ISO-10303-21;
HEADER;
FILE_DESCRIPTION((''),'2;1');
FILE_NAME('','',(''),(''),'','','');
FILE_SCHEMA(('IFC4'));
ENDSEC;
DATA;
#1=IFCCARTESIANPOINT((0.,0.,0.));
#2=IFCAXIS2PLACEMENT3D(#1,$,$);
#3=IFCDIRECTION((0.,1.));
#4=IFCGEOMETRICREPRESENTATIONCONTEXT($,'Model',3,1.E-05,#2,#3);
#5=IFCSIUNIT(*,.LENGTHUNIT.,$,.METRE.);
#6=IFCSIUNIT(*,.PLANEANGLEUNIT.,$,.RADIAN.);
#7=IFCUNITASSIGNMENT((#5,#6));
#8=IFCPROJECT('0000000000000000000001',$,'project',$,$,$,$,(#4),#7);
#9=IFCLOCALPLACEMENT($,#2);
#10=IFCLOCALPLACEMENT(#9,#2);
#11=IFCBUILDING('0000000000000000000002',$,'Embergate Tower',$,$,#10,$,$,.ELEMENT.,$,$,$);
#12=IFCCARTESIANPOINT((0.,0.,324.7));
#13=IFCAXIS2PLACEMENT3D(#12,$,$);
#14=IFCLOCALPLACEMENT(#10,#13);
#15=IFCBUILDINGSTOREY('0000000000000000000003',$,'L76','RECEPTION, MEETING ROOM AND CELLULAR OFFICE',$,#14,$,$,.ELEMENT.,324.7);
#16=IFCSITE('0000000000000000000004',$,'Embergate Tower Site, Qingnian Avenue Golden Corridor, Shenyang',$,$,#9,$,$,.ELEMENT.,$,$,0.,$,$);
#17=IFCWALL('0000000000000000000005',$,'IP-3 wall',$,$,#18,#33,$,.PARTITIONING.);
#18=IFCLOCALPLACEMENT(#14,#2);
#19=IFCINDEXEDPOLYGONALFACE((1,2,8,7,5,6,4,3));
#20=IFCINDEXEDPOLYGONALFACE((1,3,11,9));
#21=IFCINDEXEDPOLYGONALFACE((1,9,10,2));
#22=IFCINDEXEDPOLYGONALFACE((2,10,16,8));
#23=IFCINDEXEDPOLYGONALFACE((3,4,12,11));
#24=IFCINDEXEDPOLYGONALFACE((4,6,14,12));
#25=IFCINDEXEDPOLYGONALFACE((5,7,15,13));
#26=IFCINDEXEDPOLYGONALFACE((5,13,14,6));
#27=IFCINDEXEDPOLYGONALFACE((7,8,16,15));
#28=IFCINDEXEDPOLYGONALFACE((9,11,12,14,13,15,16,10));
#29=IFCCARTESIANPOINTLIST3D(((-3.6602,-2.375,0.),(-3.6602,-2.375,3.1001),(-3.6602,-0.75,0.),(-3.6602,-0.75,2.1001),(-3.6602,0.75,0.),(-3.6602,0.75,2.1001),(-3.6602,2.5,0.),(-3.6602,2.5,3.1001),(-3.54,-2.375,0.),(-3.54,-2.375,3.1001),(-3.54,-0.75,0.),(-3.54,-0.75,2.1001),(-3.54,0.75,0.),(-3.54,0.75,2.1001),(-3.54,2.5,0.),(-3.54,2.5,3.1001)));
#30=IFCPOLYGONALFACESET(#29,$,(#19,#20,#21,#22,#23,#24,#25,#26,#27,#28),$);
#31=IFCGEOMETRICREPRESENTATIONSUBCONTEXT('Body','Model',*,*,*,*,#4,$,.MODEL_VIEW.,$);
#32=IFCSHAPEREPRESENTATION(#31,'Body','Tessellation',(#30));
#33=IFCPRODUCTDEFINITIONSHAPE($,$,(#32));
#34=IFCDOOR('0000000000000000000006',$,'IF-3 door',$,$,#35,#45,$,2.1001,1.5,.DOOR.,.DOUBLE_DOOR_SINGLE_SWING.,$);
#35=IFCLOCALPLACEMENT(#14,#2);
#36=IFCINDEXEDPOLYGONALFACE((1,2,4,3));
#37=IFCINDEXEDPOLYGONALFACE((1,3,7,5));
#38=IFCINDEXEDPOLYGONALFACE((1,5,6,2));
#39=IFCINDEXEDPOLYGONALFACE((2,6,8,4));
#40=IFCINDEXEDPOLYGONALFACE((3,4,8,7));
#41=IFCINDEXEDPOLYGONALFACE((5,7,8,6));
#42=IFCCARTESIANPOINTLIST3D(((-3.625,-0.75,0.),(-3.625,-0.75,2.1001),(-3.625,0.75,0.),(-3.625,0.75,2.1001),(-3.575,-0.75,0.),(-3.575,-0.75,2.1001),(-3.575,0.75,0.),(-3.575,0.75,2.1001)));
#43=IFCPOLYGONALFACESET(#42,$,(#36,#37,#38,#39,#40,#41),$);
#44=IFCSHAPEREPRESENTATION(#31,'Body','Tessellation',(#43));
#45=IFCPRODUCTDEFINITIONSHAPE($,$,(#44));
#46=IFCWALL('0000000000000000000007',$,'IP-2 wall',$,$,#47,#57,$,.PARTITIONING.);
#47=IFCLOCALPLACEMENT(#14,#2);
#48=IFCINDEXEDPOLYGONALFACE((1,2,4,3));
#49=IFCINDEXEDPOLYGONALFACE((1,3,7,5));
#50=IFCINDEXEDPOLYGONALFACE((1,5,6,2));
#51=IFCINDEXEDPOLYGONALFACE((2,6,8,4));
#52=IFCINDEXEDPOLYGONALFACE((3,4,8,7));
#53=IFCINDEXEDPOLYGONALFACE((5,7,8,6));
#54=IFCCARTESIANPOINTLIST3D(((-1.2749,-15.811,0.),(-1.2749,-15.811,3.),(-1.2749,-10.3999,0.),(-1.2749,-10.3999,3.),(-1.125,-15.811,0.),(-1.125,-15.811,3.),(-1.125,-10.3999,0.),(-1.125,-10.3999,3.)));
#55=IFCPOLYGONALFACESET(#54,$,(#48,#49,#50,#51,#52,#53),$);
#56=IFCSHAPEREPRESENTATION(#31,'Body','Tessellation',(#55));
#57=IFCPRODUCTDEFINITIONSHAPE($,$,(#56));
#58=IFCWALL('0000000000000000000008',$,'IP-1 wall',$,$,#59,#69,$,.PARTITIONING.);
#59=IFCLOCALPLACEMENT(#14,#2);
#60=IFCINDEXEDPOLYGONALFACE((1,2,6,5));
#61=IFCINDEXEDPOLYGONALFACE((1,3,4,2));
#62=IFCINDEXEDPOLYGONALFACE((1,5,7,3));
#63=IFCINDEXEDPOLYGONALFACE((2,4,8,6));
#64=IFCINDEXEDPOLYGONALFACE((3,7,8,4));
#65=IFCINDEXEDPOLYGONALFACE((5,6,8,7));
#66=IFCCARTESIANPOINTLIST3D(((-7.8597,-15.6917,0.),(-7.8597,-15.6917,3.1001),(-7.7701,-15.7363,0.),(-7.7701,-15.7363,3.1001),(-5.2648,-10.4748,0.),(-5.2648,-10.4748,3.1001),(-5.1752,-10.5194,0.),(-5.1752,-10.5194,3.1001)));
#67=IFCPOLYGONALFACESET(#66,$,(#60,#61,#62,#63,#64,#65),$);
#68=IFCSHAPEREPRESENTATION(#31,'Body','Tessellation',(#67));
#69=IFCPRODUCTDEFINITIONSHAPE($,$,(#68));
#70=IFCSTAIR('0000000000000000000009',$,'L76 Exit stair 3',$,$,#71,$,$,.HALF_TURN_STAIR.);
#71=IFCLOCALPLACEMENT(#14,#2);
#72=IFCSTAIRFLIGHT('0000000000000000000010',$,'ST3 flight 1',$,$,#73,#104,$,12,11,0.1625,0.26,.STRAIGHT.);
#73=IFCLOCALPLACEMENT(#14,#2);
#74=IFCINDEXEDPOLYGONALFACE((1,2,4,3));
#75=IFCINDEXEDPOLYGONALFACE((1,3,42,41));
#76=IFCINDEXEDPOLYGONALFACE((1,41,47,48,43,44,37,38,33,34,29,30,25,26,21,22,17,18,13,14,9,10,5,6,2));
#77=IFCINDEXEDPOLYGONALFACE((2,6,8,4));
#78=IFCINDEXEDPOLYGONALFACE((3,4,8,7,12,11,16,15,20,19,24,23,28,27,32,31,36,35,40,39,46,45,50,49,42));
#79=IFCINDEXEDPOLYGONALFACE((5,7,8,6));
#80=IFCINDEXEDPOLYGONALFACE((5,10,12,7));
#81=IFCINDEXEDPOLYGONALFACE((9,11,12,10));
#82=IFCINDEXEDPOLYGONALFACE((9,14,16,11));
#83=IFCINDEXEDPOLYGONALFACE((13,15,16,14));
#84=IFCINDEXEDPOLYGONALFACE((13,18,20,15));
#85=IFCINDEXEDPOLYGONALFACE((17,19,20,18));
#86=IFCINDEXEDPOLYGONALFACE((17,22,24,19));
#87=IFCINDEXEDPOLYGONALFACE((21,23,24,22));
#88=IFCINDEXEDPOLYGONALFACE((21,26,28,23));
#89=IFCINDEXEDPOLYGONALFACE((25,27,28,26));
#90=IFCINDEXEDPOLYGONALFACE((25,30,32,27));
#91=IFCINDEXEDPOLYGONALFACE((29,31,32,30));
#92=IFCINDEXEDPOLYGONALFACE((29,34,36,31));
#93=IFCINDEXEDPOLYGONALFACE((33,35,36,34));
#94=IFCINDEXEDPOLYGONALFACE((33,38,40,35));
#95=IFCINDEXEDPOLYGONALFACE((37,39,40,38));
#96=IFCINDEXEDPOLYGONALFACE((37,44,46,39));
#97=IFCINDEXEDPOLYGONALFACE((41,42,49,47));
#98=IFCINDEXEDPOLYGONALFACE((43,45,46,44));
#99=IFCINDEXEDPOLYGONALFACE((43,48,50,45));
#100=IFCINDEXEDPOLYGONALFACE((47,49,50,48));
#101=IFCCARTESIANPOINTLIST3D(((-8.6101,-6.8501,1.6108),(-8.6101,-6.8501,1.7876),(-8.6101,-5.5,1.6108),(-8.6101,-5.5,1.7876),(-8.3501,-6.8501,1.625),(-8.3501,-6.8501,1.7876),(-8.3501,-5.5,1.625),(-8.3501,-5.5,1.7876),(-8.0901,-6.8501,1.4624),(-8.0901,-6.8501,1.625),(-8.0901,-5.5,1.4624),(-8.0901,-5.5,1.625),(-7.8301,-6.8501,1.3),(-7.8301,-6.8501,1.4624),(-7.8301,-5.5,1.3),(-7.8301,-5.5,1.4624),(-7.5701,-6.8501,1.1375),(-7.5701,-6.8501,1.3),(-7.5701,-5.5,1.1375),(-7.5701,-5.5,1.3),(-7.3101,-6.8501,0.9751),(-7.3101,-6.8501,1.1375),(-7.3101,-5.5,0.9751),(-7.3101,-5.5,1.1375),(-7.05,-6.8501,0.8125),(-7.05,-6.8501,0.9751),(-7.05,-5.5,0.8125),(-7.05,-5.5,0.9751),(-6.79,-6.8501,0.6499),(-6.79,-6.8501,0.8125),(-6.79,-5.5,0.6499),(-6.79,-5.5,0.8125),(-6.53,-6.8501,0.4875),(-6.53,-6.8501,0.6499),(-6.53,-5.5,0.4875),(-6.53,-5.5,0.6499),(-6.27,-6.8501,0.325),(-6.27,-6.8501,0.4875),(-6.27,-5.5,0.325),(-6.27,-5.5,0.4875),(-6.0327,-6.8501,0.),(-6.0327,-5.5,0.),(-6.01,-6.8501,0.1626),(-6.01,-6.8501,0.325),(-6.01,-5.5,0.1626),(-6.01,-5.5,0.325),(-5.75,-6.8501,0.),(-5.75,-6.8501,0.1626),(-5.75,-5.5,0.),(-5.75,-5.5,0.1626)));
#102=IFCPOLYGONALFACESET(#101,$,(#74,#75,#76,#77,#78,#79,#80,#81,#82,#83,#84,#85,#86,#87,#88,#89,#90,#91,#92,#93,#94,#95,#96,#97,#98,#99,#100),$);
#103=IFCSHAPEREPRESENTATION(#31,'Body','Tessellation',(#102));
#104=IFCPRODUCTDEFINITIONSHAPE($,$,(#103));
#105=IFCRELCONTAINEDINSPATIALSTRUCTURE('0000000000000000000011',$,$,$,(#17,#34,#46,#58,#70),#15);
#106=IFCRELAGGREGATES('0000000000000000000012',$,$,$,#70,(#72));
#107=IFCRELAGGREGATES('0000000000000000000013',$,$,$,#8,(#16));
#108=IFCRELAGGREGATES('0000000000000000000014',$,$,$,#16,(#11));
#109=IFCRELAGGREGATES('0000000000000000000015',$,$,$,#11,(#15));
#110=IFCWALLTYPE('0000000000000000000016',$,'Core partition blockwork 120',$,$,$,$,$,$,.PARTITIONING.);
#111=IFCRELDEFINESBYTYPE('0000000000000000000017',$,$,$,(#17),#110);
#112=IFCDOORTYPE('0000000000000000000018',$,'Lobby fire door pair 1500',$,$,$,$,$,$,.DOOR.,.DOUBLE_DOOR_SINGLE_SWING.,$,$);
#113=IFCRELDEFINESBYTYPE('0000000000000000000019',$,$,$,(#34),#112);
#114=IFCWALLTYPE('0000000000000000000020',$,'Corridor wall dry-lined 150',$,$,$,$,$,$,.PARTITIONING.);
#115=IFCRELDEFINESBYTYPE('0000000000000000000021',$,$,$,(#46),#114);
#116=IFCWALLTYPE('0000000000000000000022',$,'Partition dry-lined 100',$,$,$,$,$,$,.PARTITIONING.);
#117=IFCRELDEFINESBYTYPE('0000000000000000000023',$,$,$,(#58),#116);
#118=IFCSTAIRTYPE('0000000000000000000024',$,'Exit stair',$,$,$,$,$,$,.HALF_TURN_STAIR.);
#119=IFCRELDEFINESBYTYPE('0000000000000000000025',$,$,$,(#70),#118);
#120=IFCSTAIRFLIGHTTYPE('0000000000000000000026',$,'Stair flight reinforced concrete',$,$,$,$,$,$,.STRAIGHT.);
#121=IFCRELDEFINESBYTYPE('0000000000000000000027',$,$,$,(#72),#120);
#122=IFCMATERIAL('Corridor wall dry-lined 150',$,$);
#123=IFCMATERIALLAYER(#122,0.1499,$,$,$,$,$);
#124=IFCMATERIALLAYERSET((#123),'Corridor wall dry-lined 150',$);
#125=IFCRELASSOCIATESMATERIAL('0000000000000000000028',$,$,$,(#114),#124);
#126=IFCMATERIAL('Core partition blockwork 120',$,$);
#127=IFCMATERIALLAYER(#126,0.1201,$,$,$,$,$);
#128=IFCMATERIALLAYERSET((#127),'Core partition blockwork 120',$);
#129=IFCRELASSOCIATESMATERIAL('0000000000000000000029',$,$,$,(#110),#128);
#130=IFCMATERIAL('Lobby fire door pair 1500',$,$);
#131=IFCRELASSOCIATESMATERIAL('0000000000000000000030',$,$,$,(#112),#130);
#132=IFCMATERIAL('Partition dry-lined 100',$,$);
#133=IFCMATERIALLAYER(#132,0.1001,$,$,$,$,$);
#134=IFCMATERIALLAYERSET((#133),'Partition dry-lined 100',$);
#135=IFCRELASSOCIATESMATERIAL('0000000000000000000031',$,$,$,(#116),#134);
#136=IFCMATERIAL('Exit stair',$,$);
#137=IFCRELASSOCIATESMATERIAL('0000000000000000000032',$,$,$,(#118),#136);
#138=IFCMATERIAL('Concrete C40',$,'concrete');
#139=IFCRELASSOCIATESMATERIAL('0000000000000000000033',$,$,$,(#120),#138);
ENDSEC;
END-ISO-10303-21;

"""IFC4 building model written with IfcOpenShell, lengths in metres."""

from ifc_helpers import new_model, si_unit, direction, frame, frame_2d, origin, place, context, subcontext, project, spatial, polyline, rectangle, outline, extrude, source, transform, mapped, material, layer, layer_set, type_object, element, fill, aggregate, save


model = new_model("IFC4")

# Units and contexts
model_context = context("Model", 3, precision=1e-05, world=origin(), true_north=direction((0.0, 1.0)))
body_context = subcontext(model_context, "Body", "Model", "MODEL_VIEW")
ifc_project = project(units=[si_unit("LENGTHUNIT", "METRE"), si_unit("PLANEANGLEUNIT", "RADIAN")], contexts=[model_context])

# Site, building, storey
site_placement = place(None, origin())
site = spatial("IfcSite", under=ifc_project, at=site_placement, Name="Embergate Tower Site, Qingnian Avenue Golden Corridor, Shenyang", CompositionType="ELEMENT", RefElevation=0.0)
building_placement = place(site_placement, origin())
building = spatial("IfcBuilding", under=site, at=building_placement, Name="Embergate Tower", CompositionType="ELEMENT")
storey_placement = place(building_placement, frame((0.0, 0.0, 324.7)))
storey = spatial("IfcBuildingStorey", under=building, at=storey_placement, Name="L76", Description="RECEPTION, MEETING ROOM AND CELLULAR OFFICE", CompositionType="ELEMENT", Elevation=324.7)

# Wall, opening, door
ifc_material_1 = material(Name="Corridor wall dry-lined 150")
ifc_layer_1 = layer(ifc_material_1, 0.1499)
ifc_layer_set_1 = layer_set([ifc_layer_1], Name="Corridor wall dry-lined 150")
wall_type_1 = type_object("IfcWallType", Name="Corridor wall dry-lined 150", PredefinedType="PARTITIONING", material=ifc_layer_set_1)
ifc_material_2 = material(Name="Core partition blockwork 120")
ifc_layer_2 = layer(ifc_material_2, 0.1201)
ifc_layer_set_2 = layer_set([ifc_layer_2], Name="Core partition blockwork 120")
wall_type_2 = type_object("IfcWallType", Name="Core partition blockwork 120", PredefinedType="PARTITIONING", material=ifc_layer_set_2)
shared_shape_1 = source(origin(), body_context, "Body", "SweptSolid", [
    extrude(rectangle(XDim=4.875, YDim=0.1201, at=frame_2d((2.4375, 0.0))), origin(), (0.0, 0.0, 1.0), 3.1001),
])
wall_1_placement = place(storey_placement, frame((-3.6001, -2.375, 0.0), z_axis=(0.0, 0.0, 1.0), x_axis=(0.0, 1.0, 0.0)))
wall_1 = element("IfcWall", 1, at=wall_1_placement, inside=storey, type_object=wall_type_2, Name="IP-3 wall", PredefinedType="PARTITIONING", context=body_context, shape_type="MappedRepresentation", body=[
    mapped(shared_shape_1, transform((0.0, 0.0, 0.0))),
])
shared_shape_2 = source(origin(), body_context, "Body", "SweptSolid", [
    extrude(rectangle(XDim=1.5, YDim=2.1001, at=frame_2d((0.75, 1.05))), frame((0.0, 0.0701, 0.0), z_axis=(0.0, -1.0, 0.0), x_axis=(1.0, 0.0, 0.0)), (0.0, 0.0, 1.0), 0.1401),
])
opening_1_placement = place(wall_1_placement, frame((1.625, 0.0, 0.0)))
opening_1 = element("IfcOpeningElement", 2, at=opening_1_placement, cuts=wall_1, PredefinedType="OPENING", context=body_context, shape_type="MappedRepresentation", body=[
    mapped(shared_shape_2, transform((0.0, 0.0, 0.0))),
])
ifc_material_3 = material(Name="Lobby fire door pair 1500")
door_type_1 = type_object("IfcDoorType", Name="Lobby fire door pair 1500", OperationType="DOUBLE_DOOR_SINGLE_SWING", PredefinedType="DOOR", material=ifc_material_3)
shared_shape_3 = source(origin(), body_context, "Body", "SweptSolid", [
    extrude(rectangle(XDim=1.5, YDim=2.1001, at=frame_2d((0.75, 1.05))), frame((0.0, 0.0249, 0.0), z_axis=(0.0, -1.0, 0.0), x_axis=(1.0, 0.0, 0.0)), (0.0, 0.0, 1.0), 0.05),
])
door_1_placement = place(opening_1_placement, origin())
door_1 = element("IfcDoor", 3, at=door_1_placement, inside=storey, type_object=door_type_1, Name="IF-3 door", OperationType="DOUBLE_DOOR_SINGLE_SWING", OverallHeight=2.1001, OverallWidth=1.5, PredefinedType="DOOR", context=body_context, shape_type="MappedRepresentation", body=[
    mapped(shared_shape_3, transform((0.0, 0.0, 0.0))),
])
fill(opening_1, door_1)

# Walls
shared_shape_4 = source(origin(), body_context, "Body", "SweptSolid", [
    extrude(rectangle(XDim=5.4111, YDim=0.1499, at=frame_2d((2.7056, 0.0))), origin(), (0.0, 0.0, 1.0), 3.0),
])
wall_2_placement = place(storey_placement, frame((-1.2, -10.3999, 0.0), z_axis=(0.0, 0.0, 1.0), x_axis=(0.0, -1.0, 0.0)))
element("IfcWall", 4, at=wall_2_placement, inside=storey, type_object=wall_type_1, Name="IP-2 wall", PredefinedType="PARTITIONING", context=body_context, shape_type="MappedRepresentation", body=[
    mapped(shared_shape_4, transform((0.0, 0.0, 0.0))),
])
ifc_material_4 = material(Name="Partition dry-lined 100")
ifc_layer_3 = layer(ifc_material_4, 0.1001)
ifc_layer_set_3 = layer_set([ifc_layer_3], Name="Partition dry-lined 100")
wall_type_3 = type_object("IfcWallType", Name="Partition dry-lined 100", PredefinedType="PARTITIONING", material=ifc_layer_set_3)
shared_shape_5 = source(origin(), body_context, "Body", "SweptSolid", [
    extrude(rectangle(XDim=5.8267, YDim=0.1001, at=frame_2d((2.9133, 0.0))), origin(), (0.0, 0.0, 1.0), 3.1001),
])
wall_3_placement = place(storey_placement, frame((-5.22, -10.4971, 0.0), z_axis=(0.0, 0.0, 1.0), x_axis=(-0.445352, -0.895355, 0.0)))
element("IfcWall", 5, at=wall_3_placement, inside=storey, type_object=wall_type_3, Name="IP-1 wall", PredefinedType="PARTITIONING", context=body_context, shape_type="MappedRepresentation", body=[
    mapped(shared_shape_5, transform((0.0, 0.0, 0.0))),
])

# Stair, stair flight
ifc_material_5 = material(Name="Exit stair")
stair_type = type_object("IfcStairType", Name="Exit stair", PredefinedType="HALF_TURN_STAIR", material=ifc_material_5)
stair_placement = place(storey_placement, origin())
stair = element("IfcStair", 6, at=stair_placement, inside=storey, type_object=stair_type, Name="L76 Exit stair 3", PredefinedType="HALF_TURN_STAIR")
ifc_material_6 = material(Name="Concrete C40", Category="concrete")
stair_flight_type = type_object("IfcStairFlightType", Name="Stair flight reinforced concrete", PredefinedType="STRAIGHT", material=ifc_material_6)
shared_shape_6 = source(origin(), body_context, "Body", "SweptSolid", [
    extrude(outline(polyline([(0.0, 0.0), (0.0, 0.1626), (0.26, 0.1626), (0.26, 0.325), (0.52, 0.325), (0.52, 0.4875), (0.78, 0.4875), (0.78, 0.6499), (1.04, 0.6499), (1.04, 0.8125), (1.3, 0.8125), (1.3, 0.9751), (1.5601, 0.9751), (1.5601, 1.1375), (1.8201, 1.1375), (1.8201, 1.3), (2.0801, 1.3), (2.0801, 1.4624), (2.3401, 1.4624), (2.3401, 1.625), (2.6001, 1.625), (2.6001, 1.7876), (2.8601, 1.7876), (2.8601, 1.95), (2.8601, 1.6108), (0.2827, 0.0), (0.0, 0.0)])), frame((0.0, 0.675, 0.0), z_axis=(0.0, -1.0, 0.0), x_axis=(1.0, 0.0, 0.0)), (0.0, 0.0, 1.0), 1.3501),
])
stair_flight_placement = place(storey_placement, frame((-5.75, -6.175, 0.0), z_axis=(0.0, 0.0, 1.0), x_axis=(-1.0, 0.0, 0.0)))
stair_flight = element("IfcStairFlight", 7, at=stair_flight_placement, type_object=stair_flight_type, Name="ST3 flight 1", NumberOfRisers=12, NumberOfTreads=11, PredefinedType="STRAIGHT", RiserHeight=0.1625, TreadLength=0.26, context=body_context, shape_type="MappedRepresentation", body=[
    mapped(shared_shape_6, transform((0.0, 0.0, 0.0))),
])
aggregate(stair, [stair_flight])

save(model, "model.ifc")
